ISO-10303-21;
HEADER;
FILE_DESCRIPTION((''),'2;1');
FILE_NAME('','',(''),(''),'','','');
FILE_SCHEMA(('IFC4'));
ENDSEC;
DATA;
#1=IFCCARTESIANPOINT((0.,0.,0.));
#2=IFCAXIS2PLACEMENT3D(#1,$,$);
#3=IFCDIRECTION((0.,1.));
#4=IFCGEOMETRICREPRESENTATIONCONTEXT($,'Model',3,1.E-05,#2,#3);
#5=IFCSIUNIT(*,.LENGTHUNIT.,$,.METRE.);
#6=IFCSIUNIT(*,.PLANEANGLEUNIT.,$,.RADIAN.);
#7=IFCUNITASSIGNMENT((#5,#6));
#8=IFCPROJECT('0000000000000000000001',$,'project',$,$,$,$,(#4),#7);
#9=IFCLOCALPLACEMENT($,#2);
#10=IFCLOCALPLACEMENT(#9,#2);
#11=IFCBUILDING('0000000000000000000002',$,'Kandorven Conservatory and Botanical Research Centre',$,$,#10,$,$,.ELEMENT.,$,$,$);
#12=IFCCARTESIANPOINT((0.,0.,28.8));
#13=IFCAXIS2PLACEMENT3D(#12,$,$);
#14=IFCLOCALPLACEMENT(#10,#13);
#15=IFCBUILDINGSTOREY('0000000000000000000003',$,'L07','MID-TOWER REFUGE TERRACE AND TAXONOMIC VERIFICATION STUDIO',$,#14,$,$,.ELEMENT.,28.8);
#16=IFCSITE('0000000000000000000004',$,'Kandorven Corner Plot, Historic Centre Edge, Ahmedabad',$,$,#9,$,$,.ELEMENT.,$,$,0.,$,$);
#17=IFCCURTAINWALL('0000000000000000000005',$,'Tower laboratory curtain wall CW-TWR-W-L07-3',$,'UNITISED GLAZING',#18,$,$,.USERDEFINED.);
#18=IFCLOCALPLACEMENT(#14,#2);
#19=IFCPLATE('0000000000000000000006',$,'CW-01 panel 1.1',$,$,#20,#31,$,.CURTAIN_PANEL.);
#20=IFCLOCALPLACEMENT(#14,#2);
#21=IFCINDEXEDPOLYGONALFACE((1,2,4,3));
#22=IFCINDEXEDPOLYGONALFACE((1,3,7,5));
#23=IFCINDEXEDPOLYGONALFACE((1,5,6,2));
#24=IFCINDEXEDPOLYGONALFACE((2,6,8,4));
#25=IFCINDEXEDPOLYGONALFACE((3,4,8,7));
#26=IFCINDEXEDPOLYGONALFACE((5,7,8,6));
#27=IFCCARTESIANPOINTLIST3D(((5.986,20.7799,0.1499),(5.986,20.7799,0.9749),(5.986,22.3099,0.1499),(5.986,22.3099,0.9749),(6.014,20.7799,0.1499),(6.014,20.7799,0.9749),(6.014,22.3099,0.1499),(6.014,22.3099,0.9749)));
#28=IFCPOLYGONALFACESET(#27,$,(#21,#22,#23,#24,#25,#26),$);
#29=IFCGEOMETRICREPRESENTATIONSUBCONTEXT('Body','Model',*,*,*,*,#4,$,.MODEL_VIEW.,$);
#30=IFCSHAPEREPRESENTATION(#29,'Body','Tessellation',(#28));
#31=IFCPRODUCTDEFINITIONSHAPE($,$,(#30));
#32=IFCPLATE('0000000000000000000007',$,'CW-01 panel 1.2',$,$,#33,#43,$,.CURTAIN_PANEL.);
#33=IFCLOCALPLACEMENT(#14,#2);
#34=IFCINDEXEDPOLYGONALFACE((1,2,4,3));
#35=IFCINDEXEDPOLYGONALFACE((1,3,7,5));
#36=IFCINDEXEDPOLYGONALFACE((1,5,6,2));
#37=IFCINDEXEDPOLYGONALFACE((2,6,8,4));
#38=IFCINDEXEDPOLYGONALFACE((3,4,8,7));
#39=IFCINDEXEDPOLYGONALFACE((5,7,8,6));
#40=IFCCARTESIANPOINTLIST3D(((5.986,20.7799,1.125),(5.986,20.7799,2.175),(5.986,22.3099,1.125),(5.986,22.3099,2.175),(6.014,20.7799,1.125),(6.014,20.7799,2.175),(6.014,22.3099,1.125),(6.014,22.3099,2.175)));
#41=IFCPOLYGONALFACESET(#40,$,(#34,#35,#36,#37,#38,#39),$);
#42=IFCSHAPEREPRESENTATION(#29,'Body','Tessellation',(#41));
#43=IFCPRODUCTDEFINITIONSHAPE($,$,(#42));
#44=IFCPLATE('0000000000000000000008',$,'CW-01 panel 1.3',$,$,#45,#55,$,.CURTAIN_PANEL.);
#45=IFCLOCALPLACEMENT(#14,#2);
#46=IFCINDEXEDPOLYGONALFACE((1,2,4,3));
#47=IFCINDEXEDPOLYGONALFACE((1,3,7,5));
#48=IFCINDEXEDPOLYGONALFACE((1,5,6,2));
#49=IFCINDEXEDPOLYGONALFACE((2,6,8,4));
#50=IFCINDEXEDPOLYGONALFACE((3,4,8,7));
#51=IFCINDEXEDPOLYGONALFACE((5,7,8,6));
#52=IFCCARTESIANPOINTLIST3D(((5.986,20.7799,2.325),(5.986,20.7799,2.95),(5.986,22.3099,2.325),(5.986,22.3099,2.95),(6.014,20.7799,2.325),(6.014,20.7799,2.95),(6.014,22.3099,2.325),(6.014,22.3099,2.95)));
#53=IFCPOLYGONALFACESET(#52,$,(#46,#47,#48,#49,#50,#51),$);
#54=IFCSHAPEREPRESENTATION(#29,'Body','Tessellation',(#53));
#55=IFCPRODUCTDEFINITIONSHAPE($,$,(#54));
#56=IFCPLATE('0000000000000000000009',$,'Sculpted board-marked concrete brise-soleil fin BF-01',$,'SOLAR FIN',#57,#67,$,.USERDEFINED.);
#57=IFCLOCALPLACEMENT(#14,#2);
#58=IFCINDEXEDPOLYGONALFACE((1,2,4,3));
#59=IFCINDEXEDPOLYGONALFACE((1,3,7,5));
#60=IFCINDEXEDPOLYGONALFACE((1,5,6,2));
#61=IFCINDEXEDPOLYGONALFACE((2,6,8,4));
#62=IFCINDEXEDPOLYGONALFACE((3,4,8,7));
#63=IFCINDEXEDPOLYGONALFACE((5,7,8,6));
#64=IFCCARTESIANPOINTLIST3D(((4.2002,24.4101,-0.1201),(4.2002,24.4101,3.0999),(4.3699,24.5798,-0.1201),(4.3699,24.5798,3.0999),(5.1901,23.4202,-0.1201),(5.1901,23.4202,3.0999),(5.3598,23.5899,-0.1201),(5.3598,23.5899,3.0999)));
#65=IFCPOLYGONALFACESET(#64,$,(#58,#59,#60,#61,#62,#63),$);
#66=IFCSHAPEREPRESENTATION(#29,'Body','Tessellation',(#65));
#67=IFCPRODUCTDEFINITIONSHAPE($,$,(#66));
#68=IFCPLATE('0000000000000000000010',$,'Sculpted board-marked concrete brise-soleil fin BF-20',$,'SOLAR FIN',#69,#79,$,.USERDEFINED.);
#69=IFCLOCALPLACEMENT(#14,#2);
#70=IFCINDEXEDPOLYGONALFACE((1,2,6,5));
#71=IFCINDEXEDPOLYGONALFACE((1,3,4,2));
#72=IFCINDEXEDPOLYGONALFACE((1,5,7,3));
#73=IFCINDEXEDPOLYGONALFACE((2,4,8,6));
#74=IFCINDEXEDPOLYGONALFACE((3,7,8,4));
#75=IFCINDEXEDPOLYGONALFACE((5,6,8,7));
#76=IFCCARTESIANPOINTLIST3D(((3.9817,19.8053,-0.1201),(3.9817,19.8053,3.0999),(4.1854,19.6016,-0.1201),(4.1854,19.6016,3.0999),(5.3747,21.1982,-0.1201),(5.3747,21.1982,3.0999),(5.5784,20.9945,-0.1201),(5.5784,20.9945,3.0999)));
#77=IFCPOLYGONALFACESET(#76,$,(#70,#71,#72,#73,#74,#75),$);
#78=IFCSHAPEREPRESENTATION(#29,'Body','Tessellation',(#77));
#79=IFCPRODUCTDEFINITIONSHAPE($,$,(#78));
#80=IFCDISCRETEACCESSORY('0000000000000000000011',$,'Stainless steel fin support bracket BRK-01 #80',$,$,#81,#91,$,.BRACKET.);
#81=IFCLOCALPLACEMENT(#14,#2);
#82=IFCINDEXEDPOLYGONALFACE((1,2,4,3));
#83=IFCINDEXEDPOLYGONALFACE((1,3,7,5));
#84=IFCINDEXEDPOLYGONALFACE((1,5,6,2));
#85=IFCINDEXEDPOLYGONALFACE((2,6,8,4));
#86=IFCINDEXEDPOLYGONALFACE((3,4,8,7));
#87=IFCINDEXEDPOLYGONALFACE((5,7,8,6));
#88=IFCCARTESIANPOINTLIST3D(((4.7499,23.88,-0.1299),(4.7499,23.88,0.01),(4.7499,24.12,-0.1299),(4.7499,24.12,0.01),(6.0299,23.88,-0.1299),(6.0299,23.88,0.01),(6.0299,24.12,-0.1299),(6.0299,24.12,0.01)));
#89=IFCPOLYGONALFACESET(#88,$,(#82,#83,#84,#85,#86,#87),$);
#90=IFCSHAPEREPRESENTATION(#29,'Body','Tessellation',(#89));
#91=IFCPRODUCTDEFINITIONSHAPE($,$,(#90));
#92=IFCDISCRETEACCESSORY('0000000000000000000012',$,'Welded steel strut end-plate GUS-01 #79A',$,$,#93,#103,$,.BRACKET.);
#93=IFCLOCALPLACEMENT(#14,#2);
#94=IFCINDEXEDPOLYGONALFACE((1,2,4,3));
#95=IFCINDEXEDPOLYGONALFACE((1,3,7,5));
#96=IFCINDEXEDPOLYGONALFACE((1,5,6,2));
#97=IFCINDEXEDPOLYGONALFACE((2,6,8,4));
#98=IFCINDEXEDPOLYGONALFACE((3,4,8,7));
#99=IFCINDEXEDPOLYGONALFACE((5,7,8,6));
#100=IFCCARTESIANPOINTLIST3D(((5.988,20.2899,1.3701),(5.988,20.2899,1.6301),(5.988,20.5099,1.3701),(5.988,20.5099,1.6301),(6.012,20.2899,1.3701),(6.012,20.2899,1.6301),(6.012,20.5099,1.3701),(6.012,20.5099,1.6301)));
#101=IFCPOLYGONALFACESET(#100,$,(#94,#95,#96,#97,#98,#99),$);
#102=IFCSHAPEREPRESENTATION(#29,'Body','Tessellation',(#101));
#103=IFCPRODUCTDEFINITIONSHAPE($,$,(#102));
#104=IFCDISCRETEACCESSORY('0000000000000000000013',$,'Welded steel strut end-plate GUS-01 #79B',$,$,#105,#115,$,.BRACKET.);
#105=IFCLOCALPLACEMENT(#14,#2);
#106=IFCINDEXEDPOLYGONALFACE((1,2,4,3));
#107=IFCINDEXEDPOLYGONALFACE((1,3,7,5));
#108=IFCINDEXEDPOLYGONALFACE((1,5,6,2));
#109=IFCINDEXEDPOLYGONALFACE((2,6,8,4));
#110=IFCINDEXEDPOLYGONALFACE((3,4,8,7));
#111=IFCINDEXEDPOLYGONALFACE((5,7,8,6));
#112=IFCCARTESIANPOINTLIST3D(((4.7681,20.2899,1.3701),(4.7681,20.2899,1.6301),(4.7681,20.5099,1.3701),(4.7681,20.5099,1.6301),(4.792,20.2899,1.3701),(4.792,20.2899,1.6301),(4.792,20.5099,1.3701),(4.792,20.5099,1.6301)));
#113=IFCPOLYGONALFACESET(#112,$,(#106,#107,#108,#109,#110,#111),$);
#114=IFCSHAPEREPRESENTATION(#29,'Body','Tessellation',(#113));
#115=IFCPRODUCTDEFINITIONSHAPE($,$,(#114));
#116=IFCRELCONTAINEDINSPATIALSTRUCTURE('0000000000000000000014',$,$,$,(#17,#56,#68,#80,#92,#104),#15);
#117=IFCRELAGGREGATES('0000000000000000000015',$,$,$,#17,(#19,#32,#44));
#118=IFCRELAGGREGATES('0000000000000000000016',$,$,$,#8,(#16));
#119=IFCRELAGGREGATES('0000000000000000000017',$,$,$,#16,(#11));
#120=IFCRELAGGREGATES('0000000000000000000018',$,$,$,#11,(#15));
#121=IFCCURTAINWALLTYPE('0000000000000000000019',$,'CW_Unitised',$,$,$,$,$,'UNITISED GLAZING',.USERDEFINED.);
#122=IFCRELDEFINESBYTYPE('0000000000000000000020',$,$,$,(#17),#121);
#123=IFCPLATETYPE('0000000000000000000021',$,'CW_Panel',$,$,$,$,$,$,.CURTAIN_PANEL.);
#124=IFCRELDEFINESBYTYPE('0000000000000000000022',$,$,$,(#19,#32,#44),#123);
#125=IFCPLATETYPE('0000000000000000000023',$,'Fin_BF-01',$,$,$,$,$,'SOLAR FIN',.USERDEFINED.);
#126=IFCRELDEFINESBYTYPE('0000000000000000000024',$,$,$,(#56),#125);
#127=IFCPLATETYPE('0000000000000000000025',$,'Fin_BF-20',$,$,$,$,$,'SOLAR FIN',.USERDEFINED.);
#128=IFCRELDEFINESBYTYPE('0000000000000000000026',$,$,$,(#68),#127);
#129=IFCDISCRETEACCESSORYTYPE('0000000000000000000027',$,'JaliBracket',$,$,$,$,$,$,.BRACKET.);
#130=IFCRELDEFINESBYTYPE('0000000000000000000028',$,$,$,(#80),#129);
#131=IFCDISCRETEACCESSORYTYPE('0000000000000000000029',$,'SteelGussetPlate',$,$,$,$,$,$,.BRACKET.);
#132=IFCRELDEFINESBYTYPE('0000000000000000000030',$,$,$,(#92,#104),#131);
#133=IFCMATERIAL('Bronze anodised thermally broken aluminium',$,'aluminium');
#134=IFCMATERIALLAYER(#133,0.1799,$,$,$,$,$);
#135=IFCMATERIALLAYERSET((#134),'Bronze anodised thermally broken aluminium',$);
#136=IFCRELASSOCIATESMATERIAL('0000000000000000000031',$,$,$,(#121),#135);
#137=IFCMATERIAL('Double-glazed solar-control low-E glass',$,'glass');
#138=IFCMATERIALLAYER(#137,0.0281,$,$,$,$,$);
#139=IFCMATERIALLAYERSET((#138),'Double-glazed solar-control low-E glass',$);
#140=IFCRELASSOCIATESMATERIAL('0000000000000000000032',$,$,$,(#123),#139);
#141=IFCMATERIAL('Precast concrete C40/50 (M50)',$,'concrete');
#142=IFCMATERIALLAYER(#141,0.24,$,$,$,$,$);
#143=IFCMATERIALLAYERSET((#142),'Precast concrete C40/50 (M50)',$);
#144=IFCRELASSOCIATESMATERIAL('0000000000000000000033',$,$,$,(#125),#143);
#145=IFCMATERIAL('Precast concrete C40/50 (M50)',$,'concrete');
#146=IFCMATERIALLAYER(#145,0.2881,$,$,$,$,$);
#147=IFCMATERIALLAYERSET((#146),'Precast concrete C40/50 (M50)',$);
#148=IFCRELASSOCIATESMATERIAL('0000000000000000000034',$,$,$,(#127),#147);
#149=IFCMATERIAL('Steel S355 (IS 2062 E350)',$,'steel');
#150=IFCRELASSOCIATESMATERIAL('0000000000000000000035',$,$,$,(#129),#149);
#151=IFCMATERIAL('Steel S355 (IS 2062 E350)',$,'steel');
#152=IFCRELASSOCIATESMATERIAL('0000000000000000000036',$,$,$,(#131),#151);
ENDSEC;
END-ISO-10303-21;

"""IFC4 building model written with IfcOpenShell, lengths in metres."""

from ifc_helpers import new_model, si_unit, direction, frame, origin, origin_2d, place, context, subcontext, project, spatial, rectangle, extrude, material, layer, layer_set, type_object, element, aggregate, save


model = new_model("IFC4")

# Units and contexts
model_context = context("Model", 3, precision=1e-05, world=origin(), true_north=direction((0.0, 1.0)))
body_context = subcontext(model_context, "Body", "Model", "MODEL_VIEW")
ifc_project = project(units=[si_unit("LENGTHUNIT", "METRE"), si_unit("PLANEANGLEUNIT", "RADIAN")], contexts=[model_context])

# Site, building, storey
site_placement = place(None, origin())
site = spatial("IfcSite", under=ifc_project, at=site_placement, Name="Kandorven Corner Plot, Historic Centre Edge, Ahmedabad", CompositionType="ELEMENT", RefElevation=0.0)
building_placement = place(site_placement, origin())
building = spatial("IfcBuilding", under=site, at=building_placement, Name="Kandorven Conservatory and Botanical Research Centre", CompositionType="ELEMENT")
storey_placement = place(building_placement, frame((0.0, 0.0, 28.8)))
storey = spatial("IfcBuildingStorey", under=building, at=storey_placement, Name="L07", Description="MID-TOWER REFUGE TERRACE AND TAXONOMIC VERIFICATION STUDIO", CompositionType="ELEMENT", Elevation=28.8)

# Shared definitions
ifc_material_1 = material(Name="Bronze anodised thermally broken aluminium", Category="aluminium")
ifc_layer_1 = layer(ifc_material_1, 0.1799)
ifc_layer_set_1 = layer_set([ifc_layer_1], Name="Bronze anodised thermally broken aluminium")
curtain_wall_type = type_object("IfcCurtainWallType", Name="CW_Unitised", ElementType="UNITISED GLAZING", PredefinedType="USERDEFINED", material=ifc_layer_set_1)

# Curtain wall
curtain_wall_1_placement = place(storey_placement, origin())
curtain_wall_1 = element("IfcCurtainWall", 1, at=curtain_wall_1_placement, inside=storey, type_object=curtain_wall_type, Name="Tower laboratory curtain wall CW-TWR-W-L07-3", ObjectType="UNITISED GLAZING", PredefinedType="USERDEFINED")

# Plates
ifc_material_2 = material(Name="Double-glazed solar-control low-E glass", Category="glass")
ifc_layer_2 = layer(ifc_material_2, 0.0281)
ifc_layer_set_2 = layer_set([ifc_layer_2], Name="Double-glazed solar-control low-E glass")
plate_type_1 = type_object("IfcPlateType", Name="CW_Panel", PredefinedType="CURTAIN_PANEL", material=ifc_layer_set_2)
plate_1_placement = place(storey_placement, frame((6.0, 21.5449, 0.1499), z_axis=(0.0, 0.0, 1.0), x_axis=(0.0, 1.0, 0.0)))
plate_1 = element("IfcPlate", 2, at=plate_1_placement, type_object=plate_type_1, Name="CW-01 panel 1.1", PredefinedType="CURTAIN_PANEL", context=body_context, shape_type="SweptSolid", body=[
    extrude(rectangle(XDim=1.53, YDim=0.0281, at=origin_2d()), origin(), (0.0, 0.0, 1.0), 0.825),
])
plate_2_placement = place(storey_placement, frame((6.0, 21.5449, 1.125), z_axis=(0.0, 0.0, 1.0), x_axis=(0.0, 1.0, 0.0)))
plate_2 = element("IfcPlate", 3, at=plate_2_placement, type_object=plate_type_1, Name="CW-01 panel 1.2", PredefinedType="CURTAIN_PANEL", context=body_context, shape_type="SweptSolid", body=[
    extrude(rectangle(XDim=1.53, YDim=0.0281, at=origin_2d()), origin(), (0.0, 0.0, 1.0), 1.05),
])
plate_3_placement = place(storey_placement, frame((6.0, 21.5449, 2.325), z_axis=(0.0, 0.0, 1.0), x_axis=(0.0, 1.0, 0.0)))
plate_3 = element("IfcPlate", 4, at=plate_3_placement, type_object=plate_type_1, Name="CW-01 panel 1.3", PredefinedType="CURTAIN_PANEL", context=body_context, shape_type="SweptSolid", body=[
    extrude(rectangle(XDim=1.53, YDim=0.0281, at=origin_2d()), origin(), (0.0, 0.0, 1.0), 0.625),
])
aggregate(curtain_wall_1, [plate_1, plate_2, plate_3])

# Plates
ifc_material_3 = material(Name="Precast concrete C40/50 (M50)", Category="concrete")
ifc_layer_3 = layer(ifc_material_3, 0.24)
ifc_layer_set_3 = layer_set([ifc_layer_3], Name="Precast concrete C40/50 (M50)")
plate_type_2 = type_object("IfcPlateType", Name="Fin_BF-01", ElementType="SOLAR FIN", PredefinedType="USERDEFINED", material=ifc_layer_set_3)
plate_4_placement = place(storey_placement, frame((4.78, 24.0, -0.1201), z_axis=(0.0, 0.0, 1.0), x_axis=(-0.707107, 0.707107, 0.0)))
element("IfcPlate", 5, at=plate_4_placement, inside=storey, type_object=plate_type_2, Name="Sculpted board-marked concrete brise-soleil fin BF-01", ObjectType="SOLAR FIN", PredefinedType="USERDEFINED", context=body_context, shape_type="SweptSolid", body=[
    extrude(rectangle(XDim=1.3999, YDim=0.24, at=origin_2d()), origin(), (0.0, 0.0, 1.0), 3.22),
])
ifc_material_4 = material(Name="Precast concrete C40/50 (M50)", Category="concrete")
ifc_layer_4 = layer(ifc_material_4, 0.2881)
ifc_layer_set_4 = layer_set([ifc_layer_4], Name="Precast concrete C40/50 (M50)")
plate_type_3 = type_object("IfcPlateType", Name="Fin_BF-20", ElementType="SOLAR FIN", PredefinedType="USERDEFINED", material=ifc_layer_set_4)
plate_5_placement = place(storey_placement, frame((4.78, 20.3999, -0.1201), z_axis=(0.0, 0.0, 1.0), x_axis=(0.707107, 0.707107, 0.0)))
element("IfcPlate", 6, at=plate_5_placement, inside=storey, type_object=plate_type_3, Name="Sculpted board-marked concrete brise-soleil fin BF-20", ObjectType="SOLAR FIN", PredefinedType="USERDEFINED", context=body_context, shape_type="SweptSolid", body=[
    extrude(rectangle(XDim=1.97, YDim=0.2881, at=origin_2d()), origin(), (0.0, 0.0, 1.0), 3.22),
])

# Discrete accessories
ifc_material_5 = material(Name="Steel S355 (IS 2062 E350)", Category="steel")
discrete_accessory_type_1 = type_object("IfcDiscreteAccessoryType", Name="JaliBracket", PredefinedType="BRACKET", material=ifc_material_5)
discrete_accessory_placement = place(storey_placement, frame((5.3899, 24.0, -0.1299), z_axis=(0.0, 0.0, 1.0), x_axis=(1.0, 0.0, 0.0)))
element("IfcDiscreteAccessory", 7, at=discrete_accessory_placement, inside=storey, type_object=discrete_accessory_type_1, Name="Stainless steel fin support bracket BRK-01 #80", PredefinedType="BRACKET", context=body_context, shape_type="SweptSolid", body=[
    extrude(rectangle(XDim=1.28, YDim=0.24, at=origin_2d()), origin(), (0.0, 0.0, 1.0), 0.1399),
])
ifc_material_6 = material(Name="Steel S355 (IS 2062 E350)", Category="steel")
discrete_accessory_type_2 = type_object("IfcDiscreteAccessoryType", Name="SteelGussetPlate", PredefinedType="BRACKET", material=ifc_material_6)
for number, where, z_axis, x_axis, name in (
    (8, (6.0, 20.3999, 1.3701), (0.0, 0.0, 1.0), (1.0, 0.0, 0.0), "Welded steel strut end-plate GUS-01 #79A"),
    (9, (4.78, 20.3999, 1.3701), (0.0, 0.0, 1.0), (1.0, 0.0, 0.0), "Welded steel strut end-plate GUS-01 #79B"),
):
    element("IfcDiscreteAccessory", number, at=place(storey_placement, frame(where, z_axis=z_axis, x_axis=x_axis)), inside=storey, type_object=discrete_accessory_type_2, Name=name, PredefinedType="BRACKET", context=body_context, shape_type="SweptSolid", body=[
        extrude(rectangle(XDim=0.0239, YDim=0.22, at=origin_2d()), origin(), (0.0, 0.0, 1.0), 0.26),
    ])

save(model, "model.ifc")
